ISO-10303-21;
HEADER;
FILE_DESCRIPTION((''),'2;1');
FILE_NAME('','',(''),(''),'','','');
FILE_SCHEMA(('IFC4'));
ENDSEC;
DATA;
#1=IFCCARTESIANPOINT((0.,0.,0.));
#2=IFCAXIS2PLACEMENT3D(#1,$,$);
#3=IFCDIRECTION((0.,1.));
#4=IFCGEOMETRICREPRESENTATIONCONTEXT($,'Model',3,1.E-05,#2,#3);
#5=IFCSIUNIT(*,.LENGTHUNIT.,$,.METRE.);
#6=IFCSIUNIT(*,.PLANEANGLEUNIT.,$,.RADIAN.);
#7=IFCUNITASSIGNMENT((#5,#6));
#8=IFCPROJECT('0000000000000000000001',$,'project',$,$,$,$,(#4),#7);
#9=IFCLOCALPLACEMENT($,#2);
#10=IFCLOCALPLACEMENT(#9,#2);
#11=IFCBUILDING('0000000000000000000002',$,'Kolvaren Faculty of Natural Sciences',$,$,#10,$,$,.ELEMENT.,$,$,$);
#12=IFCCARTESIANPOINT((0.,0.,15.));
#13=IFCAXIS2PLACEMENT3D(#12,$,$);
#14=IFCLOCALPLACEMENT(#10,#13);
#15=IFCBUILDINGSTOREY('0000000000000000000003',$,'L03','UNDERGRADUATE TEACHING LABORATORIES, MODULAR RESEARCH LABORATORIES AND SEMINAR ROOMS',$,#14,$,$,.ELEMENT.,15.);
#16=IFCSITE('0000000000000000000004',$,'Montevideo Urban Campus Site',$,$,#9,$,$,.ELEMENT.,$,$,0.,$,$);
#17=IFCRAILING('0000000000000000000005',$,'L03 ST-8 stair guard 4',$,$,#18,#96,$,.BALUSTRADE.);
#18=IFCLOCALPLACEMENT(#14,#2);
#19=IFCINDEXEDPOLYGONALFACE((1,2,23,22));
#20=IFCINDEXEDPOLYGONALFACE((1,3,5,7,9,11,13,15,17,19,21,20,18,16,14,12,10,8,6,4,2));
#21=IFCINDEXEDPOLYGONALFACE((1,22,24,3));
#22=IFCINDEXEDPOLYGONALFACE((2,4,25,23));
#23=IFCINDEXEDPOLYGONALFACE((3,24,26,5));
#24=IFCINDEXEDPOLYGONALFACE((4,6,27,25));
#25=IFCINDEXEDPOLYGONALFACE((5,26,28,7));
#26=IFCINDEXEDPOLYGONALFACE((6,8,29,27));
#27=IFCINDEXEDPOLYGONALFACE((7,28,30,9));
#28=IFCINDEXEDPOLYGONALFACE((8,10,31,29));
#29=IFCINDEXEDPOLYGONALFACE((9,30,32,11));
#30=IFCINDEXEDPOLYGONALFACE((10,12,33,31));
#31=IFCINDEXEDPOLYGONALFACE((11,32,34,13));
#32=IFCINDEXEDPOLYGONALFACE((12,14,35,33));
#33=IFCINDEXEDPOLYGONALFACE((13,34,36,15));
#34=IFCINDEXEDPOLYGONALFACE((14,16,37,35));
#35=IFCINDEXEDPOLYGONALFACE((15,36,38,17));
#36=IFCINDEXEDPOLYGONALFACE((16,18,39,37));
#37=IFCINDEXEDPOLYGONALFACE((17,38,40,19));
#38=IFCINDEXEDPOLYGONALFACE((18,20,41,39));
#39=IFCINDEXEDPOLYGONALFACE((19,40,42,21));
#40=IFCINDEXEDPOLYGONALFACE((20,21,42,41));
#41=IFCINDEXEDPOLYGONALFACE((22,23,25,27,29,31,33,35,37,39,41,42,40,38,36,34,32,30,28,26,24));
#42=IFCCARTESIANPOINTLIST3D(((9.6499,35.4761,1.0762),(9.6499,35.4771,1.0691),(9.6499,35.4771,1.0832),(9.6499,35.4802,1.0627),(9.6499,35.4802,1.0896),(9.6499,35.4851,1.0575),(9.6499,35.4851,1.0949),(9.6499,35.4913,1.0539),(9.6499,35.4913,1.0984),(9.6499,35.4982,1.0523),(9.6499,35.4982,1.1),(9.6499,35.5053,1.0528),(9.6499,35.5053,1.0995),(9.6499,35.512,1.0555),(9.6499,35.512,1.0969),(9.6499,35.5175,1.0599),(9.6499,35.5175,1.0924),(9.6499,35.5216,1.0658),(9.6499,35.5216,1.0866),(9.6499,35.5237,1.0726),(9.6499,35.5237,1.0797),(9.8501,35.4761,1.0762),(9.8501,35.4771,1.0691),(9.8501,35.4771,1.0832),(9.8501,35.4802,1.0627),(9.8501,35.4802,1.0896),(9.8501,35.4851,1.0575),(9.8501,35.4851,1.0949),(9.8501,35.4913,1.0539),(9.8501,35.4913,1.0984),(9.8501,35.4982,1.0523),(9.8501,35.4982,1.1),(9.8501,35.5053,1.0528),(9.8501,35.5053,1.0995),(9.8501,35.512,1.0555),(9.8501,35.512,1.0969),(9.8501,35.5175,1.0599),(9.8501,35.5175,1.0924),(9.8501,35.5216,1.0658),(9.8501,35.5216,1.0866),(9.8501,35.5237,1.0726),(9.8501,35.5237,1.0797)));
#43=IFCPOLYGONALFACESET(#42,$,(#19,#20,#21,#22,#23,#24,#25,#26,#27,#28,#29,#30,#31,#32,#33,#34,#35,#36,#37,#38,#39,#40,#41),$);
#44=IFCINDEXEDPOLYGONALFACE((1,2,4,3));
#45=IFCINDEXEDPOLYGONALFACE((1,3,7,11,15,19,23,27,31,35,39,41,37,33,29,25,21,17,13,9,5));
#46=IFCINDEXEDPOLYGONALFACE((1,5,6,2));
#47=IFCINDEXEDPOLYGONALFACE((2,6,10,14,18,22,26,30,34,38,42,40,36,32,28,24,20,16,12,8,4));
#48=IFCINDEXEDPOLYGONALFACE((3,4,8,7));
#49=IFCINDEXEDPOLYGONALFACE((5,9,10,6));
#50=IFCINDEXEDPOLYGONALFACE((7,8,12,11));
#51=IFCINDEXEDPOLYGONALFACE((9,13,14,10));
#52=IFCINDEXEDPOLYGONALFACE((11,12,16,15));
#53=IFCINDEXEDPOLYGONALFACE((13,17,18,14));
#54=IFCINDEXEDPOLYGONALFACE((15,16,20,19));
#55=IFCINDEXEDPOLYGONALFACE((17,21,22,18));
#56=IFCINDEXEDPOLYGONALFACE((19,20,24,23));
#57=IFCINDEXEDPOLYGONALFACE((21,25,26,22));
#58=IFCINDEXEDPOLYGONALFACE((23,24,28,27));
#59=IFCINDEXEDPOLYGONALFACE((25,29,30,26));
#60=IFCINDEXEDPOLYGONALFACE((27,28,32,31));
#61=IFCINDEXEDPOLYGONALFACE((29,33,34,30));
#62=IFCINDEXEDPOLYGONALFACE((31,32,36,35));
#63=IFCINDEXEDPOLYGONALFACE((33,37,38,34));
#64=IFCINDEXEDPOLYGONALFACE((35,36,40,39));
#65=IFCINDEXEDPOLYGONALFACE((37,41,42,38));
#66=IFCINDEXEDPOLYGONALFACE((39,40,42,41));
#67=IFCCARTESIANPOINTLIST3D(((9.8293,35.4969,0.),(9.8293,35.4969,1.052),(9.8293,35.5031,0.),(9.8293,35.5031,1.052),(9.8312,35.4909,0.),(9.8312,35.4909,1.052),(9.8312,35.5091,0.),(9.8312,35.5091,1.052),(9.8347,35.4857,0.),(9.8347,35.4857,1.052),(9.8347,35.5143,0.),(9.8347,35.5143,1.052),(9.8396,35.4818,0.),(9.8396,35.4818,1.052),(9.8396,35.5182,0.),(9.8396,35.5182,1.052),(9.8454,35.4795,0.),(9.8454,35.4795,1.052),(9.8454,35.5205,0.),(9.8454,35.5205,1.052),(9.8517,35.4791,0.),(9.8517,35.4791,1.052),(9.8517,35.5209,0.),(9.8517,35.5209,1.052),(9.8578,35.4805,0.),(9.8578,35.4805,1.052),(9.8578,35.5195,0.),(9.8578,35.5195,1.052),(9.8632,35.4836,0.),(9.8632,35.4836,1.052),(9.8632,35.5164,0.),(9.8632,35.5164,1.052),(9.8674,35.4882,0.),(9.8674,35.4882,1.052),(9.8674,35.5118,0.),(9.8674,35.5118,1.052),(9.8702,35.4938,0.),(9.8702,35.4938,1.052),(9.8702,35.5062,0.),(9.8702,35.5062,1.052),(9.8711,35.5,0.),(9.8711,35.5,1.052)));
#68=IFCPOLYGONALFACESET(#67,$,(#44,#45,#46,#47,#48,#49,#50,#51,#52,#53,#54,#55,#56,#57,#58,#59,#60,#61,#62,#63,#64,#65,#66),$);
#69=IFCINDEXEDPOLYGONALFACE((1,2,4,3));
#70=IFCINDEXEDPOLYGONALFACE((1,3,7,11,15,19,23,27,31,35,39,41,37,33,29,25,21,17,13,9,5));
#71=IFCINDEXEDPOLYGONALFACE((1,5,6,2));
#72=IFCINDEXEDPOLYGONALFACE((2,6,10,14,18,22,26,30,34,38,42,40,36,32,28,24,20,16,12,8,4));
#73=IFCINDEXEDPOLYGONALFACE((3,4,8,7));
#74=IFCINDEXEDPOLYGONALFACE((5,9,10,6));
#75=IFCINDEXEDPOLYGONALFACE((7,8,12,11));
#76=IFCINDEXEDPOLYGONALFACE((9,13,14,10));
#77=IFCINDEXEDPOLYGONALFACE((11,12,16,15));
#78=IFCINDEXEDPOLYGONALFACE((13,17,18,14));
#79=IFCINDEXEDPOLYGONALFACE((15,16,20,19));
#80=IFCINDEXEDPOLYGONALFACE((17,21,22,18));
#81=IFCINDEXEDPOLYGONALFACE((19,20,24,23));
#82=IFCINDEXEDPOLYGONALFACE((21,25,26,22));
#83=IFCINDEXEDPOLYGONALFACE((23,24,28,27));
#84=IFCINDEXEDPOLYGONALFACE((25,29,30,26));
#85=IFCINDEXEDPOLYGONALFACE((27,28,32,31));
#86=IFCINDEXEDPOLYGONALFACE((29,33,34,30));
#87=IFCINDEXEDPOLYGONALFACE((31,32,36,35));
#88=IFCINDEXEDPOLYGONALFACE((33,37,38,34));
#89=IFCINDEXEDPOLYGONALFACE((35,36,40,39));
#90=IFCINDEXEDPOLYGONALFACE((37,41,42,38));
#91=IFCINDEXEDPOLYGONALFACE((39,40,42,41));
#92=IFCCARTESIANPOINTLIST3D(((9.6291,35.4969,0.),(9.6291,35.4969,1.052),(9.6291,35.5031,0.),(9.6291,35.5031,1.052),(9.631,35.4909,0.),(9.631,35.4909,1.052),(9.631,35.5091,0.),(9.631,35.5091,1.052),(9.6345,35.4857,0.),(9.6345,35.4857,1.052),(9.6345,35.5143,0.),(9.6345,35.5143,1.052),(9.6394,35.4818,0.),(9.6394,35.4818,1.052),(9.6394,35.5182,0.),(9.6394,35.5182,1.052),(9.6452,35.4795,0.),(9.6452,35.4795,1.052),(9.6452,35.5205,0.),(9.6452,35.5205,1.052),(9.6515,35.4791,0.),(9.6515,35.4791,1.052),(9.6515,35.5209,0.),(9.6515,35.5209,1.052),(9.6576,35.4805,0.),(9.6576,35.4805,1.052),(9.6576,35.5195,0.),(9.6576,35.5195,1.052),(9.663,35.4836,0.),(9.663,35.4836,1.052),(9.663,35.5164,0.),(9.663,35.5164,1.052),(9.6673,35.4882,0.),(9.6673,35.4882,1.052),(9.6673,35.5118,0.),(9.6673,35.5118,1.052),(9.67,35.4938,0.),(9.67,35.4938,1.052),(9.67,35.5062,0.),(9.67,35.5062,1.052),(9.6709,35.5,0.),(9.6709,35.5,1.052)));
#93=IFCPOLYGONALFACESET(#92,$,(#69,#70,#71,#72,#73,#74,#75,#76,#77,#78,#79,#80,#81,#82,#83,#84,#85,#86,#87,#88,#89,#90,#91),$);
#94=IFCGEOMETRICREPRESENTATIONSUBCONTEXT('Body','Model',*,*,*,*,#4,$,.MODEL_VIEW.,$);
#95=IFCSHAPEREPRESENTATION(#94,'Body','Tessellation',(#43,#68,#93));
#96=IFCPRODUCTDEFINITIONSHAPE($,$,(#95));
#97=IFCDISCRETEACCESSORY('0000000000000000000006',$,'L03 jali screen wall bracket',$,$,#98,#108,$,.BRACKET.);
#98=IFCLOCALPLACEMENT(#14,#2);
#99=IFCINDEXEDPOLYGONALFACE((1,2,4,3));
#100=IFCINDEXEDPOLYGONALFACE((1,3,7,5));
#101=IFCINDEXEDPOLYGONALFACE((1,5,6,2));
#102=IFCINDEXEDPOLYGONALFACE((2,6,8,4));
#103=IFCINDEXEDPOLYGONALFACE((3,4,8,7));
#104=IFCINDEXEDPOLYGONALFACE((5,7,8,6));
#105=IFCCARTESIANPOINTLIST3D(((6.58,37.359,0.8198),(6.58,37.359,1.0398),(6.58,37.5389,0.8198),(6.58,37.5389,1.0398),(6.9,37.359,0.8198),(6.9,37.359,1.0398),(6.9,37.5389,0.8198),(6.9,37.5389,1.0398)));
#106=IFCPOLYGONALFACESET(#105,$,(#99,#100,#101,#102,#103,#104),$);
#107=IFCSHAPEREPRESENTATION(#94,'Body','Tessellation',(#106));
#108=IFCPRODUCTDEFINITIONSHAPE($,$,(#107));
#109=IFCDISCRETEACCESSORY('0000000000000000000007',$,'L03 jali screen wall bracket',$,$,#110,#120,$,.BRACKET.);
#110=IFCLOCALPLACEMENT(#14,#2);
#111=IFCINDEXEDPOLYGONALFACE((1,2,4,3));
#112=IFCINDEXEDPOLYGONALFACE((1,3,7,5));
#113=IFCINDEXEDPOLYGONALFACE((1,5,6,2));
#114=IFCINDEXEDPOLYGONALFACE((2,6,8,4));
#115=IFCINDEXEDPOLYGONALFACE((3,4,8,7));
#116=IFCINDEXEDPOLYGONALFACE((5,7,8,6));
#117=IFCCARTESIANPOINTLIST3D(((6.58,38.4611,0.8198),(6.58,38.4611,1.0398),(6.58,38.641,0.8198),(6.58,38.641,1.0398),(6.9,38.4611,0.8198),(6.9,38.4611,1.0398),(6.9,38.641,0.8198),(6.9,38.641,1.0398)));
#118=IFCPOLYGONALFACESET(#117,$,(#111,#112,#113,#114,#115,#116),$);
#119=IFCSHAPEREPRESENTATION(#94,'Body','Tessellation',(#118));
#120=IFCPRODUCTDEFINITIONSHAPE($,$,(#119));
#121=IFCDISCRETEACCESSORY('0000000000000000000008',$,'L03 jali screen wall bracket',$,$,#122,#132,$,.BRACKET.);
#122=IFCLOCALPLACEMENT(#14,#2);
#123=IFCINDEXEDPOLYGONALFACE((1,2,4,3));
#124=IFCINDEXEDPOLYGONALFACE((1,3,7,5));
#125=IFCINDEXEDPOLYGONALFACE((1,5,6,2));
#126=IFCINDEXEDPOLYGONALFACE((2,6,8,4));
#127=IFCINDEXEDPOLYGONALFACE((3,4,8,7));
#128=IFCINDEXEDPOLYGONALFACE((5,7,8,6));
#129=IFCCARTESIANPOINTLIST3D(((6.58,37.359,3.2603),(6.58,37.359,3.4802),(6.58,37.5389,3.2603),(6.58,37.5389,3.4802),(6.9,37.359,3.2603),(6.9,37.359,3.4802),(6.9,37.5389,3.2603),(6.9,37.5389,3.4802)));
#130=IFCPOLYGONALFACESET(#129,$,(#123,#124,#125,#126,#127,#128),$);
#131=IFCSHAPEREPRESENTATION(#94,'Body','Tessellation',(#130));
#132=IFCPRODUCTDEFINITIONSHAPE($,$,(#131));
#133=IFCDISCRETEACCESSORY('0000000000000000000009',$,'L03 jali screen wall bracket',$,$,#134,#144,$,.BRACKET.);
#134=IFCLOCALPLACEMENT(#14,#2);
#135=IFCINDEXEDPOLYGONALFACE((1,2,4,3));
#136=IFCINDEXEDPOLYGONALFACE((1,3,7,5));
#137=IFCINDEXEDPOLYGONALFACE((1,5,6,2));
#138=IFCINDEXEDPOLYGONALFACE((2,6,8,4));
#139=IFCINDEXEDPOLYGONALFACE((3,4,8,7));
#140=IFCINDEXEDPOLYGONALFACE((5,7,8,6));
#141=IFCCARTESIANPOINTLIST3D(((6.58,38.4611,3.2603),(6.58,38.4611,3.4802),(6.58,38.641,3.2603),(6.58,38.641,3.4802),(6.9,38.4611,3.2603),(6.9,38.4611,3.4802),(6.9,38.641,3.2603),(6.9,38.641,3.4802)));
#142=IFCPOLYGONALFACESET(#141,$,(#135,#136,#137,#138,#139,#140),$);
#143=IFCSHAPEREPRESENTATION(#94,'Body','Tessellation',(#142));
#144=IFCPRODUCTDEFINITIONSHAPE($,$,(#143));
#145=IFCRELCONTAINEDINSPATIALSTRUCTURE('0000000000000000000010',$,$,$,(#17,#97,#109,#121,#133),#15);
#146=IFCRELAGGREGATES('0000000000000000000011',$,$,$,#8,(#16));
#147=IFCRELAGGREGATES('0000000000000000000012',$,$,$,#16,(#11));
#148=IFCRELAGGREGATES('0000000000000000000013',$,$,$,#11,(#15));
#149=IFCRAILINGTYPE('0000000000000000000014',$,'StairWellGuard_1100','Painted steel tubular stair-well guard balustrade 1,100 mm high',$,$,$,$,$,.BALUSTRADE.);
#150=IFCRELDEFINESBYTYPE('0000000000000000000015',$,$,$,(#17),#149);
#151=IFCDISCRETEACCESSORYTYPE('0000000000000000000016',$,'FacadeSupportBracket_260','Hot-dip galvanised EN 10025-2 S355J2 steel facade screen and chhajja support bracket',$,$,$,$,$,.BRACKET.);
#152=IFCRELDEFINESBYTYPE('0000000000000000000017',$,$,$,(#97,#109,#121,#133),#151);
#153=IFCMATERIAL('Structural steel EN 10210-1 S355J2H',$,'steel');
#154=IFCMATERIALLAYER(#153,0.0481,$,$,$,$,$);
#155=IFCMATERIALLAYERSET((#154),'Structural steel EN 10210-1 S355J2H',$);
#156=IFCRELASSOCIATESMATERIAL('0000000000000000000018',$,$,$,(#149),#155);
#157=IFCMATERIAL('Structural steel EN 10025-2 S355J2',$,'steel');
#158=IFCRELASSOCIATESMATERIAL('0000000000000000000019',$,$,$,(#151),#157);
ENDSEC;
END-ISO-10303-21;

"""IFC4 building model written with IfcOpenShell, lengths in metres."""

from ifc_helpers import new_model, si_unit, direction, frame, origin, origin_2d, place, context, subcontext, project, spatial, rectangle, circle, extrude, material, layer, layer_set, type_object, element, save


model = new_model("IFC4")

# Units and contexts
model_context = context("Model", 3, precision=1e-05, world=origin(), true_north=direction((0.0, 1.0)))
body_context = subcontext(model_context, "Body", "Model", "MODEL_VIEW")
ifc_project = project(units=[si_unit("LENGTHUNIT", "METRE"), si_unit("PLANEANGLEUNIT", "RADIAN")], contexts=[model_context])

# Site, building, storey
site_placement = place(None, origin())
site = spatial("IfcSite", under=ifc_project, at=site_placement, Name="Montevideo Urban Campus Site", CompositionType="ELEMENT", RefElevation=0.0)
building_placement = place(site_placement, origin())
building = spatial("IfcBuilding", under=site, at=building_placement, Name="Kolvaren Faculty of Natural Sciences", CompositionType="ELEMENT")
storey_placement = place(building_placement, frame((0.0, 0.0, 15.0)))
storey = spatial("IfcBuildingStorey", under=building, at=storey_placement, Name="L03", Description="UNDERGRADUATE TEACHING LABORATORIES, MODULAR RESEARCH LABORATORIES AND SEMINAR ROOMS", CompositionType="ELEMENT", Elevation=15.0)

# Railing
ifc_material_1 = material(Name="Structural steel EN 10210-1 S355J2H", Category="steel")
ifc_layer_1 = layer(ifc_material_1, 0.0481)
ifc_layer_set_1 = layer_set([ifc_layer_1], Name="Structural steel EN 10210-1 S355J2H")
railing_type_1 = type_object("IfcRailingType", Name="StairWellGuard_1100", Description="Painted steel tubular stair-well guard balustrade 1,100 mm high", PredefinedType="BALUSTRADE", material=ifc_layer_set_1)
railing_1_placement = place(storey_placement, frame((9.8501, 35.5, 0.0)))
element("IfcRailing", 1, at=railing_1_placement, inside=storey, type_object=railing_type_1, Name="L03 ST-8 stair guard 4", PredefinedType="BALUSTRADE", context=body_context, shape_type="SweptSolid", body=[
    extrude(circle(Radius=0.0239, at=origin_2d()), frame((0.0, 0.0, 1.0762), z_axis=(-1.0, 0.0, 0.0), x_axis=(0.0, -1.0, 0.0)), (0.0, 0.0, 1.0), 0.2002),
    extrude(circle(Radius=0.021, at=origin_2d()), origin(), (0.0, 0.0, 1.0), 1.052),
    extrude(circle(Radius=0.021, at=origin_2d()), frame((-0.2002, 0.0, 0.0)), (0.0, 0.0, 1.0), 1.052),
])

# Discrete accessories
ifc_material_2 = material(Name="Structural steel EN 10025-2 S355J2", Category="steel")
discrete_accessory_type = type_object("IfcDiscreteAccessoryType", Name="FacadeSupportBracket_260", Description="Hot-dip galvanised EN 10025-2 S355J2 steel facade screen and chhajja support bracket", PredefinedType="BRACKET", material=ifc_material_2)
for number, where, z_axis, x_axis, name in (
    (2, (6.74, 37.449, 0.8198), (0.0, 0.0, 1.0), (0.0, 1.0, 0.0), "L03 jali screen wall bracket"),
    (3, (6.74, 38.551, 0.8198), (0.0, 0.0, 1.0), (0.0, 1.0, 0.0), "L03 jali screen wall bracket"),
    (4, (6.74, 37.449, 3.2603), (0.0, 0.0, 1.0), (0.0, 1.0, 0.0), "L03 jali screen wall bracket"),
    (5, (6.74, 38.551, 3.2603), (0.0, 0.0, 1.0), (0.0, 1.0, 0.0), "L03 jali screen wall bracket"),
):
    element("IfcDiscreteAccessory", number, at=place(storey_placement, frame(where, z_axis=z_axis, x_axis=x_axis)), inside=storey, type_object=discrete_accessory_type, Name=name, PredefinedType="BRACKET", context=body_context, shape_type="SweptSolid", body=[
        extrude(rectangle(XDim=0.1799, YDim=0.3201, at=origin_2d()), origin(), (0.0, 0.0, 1.0), 0.22),
    ])

save(model, "model.ifc")
